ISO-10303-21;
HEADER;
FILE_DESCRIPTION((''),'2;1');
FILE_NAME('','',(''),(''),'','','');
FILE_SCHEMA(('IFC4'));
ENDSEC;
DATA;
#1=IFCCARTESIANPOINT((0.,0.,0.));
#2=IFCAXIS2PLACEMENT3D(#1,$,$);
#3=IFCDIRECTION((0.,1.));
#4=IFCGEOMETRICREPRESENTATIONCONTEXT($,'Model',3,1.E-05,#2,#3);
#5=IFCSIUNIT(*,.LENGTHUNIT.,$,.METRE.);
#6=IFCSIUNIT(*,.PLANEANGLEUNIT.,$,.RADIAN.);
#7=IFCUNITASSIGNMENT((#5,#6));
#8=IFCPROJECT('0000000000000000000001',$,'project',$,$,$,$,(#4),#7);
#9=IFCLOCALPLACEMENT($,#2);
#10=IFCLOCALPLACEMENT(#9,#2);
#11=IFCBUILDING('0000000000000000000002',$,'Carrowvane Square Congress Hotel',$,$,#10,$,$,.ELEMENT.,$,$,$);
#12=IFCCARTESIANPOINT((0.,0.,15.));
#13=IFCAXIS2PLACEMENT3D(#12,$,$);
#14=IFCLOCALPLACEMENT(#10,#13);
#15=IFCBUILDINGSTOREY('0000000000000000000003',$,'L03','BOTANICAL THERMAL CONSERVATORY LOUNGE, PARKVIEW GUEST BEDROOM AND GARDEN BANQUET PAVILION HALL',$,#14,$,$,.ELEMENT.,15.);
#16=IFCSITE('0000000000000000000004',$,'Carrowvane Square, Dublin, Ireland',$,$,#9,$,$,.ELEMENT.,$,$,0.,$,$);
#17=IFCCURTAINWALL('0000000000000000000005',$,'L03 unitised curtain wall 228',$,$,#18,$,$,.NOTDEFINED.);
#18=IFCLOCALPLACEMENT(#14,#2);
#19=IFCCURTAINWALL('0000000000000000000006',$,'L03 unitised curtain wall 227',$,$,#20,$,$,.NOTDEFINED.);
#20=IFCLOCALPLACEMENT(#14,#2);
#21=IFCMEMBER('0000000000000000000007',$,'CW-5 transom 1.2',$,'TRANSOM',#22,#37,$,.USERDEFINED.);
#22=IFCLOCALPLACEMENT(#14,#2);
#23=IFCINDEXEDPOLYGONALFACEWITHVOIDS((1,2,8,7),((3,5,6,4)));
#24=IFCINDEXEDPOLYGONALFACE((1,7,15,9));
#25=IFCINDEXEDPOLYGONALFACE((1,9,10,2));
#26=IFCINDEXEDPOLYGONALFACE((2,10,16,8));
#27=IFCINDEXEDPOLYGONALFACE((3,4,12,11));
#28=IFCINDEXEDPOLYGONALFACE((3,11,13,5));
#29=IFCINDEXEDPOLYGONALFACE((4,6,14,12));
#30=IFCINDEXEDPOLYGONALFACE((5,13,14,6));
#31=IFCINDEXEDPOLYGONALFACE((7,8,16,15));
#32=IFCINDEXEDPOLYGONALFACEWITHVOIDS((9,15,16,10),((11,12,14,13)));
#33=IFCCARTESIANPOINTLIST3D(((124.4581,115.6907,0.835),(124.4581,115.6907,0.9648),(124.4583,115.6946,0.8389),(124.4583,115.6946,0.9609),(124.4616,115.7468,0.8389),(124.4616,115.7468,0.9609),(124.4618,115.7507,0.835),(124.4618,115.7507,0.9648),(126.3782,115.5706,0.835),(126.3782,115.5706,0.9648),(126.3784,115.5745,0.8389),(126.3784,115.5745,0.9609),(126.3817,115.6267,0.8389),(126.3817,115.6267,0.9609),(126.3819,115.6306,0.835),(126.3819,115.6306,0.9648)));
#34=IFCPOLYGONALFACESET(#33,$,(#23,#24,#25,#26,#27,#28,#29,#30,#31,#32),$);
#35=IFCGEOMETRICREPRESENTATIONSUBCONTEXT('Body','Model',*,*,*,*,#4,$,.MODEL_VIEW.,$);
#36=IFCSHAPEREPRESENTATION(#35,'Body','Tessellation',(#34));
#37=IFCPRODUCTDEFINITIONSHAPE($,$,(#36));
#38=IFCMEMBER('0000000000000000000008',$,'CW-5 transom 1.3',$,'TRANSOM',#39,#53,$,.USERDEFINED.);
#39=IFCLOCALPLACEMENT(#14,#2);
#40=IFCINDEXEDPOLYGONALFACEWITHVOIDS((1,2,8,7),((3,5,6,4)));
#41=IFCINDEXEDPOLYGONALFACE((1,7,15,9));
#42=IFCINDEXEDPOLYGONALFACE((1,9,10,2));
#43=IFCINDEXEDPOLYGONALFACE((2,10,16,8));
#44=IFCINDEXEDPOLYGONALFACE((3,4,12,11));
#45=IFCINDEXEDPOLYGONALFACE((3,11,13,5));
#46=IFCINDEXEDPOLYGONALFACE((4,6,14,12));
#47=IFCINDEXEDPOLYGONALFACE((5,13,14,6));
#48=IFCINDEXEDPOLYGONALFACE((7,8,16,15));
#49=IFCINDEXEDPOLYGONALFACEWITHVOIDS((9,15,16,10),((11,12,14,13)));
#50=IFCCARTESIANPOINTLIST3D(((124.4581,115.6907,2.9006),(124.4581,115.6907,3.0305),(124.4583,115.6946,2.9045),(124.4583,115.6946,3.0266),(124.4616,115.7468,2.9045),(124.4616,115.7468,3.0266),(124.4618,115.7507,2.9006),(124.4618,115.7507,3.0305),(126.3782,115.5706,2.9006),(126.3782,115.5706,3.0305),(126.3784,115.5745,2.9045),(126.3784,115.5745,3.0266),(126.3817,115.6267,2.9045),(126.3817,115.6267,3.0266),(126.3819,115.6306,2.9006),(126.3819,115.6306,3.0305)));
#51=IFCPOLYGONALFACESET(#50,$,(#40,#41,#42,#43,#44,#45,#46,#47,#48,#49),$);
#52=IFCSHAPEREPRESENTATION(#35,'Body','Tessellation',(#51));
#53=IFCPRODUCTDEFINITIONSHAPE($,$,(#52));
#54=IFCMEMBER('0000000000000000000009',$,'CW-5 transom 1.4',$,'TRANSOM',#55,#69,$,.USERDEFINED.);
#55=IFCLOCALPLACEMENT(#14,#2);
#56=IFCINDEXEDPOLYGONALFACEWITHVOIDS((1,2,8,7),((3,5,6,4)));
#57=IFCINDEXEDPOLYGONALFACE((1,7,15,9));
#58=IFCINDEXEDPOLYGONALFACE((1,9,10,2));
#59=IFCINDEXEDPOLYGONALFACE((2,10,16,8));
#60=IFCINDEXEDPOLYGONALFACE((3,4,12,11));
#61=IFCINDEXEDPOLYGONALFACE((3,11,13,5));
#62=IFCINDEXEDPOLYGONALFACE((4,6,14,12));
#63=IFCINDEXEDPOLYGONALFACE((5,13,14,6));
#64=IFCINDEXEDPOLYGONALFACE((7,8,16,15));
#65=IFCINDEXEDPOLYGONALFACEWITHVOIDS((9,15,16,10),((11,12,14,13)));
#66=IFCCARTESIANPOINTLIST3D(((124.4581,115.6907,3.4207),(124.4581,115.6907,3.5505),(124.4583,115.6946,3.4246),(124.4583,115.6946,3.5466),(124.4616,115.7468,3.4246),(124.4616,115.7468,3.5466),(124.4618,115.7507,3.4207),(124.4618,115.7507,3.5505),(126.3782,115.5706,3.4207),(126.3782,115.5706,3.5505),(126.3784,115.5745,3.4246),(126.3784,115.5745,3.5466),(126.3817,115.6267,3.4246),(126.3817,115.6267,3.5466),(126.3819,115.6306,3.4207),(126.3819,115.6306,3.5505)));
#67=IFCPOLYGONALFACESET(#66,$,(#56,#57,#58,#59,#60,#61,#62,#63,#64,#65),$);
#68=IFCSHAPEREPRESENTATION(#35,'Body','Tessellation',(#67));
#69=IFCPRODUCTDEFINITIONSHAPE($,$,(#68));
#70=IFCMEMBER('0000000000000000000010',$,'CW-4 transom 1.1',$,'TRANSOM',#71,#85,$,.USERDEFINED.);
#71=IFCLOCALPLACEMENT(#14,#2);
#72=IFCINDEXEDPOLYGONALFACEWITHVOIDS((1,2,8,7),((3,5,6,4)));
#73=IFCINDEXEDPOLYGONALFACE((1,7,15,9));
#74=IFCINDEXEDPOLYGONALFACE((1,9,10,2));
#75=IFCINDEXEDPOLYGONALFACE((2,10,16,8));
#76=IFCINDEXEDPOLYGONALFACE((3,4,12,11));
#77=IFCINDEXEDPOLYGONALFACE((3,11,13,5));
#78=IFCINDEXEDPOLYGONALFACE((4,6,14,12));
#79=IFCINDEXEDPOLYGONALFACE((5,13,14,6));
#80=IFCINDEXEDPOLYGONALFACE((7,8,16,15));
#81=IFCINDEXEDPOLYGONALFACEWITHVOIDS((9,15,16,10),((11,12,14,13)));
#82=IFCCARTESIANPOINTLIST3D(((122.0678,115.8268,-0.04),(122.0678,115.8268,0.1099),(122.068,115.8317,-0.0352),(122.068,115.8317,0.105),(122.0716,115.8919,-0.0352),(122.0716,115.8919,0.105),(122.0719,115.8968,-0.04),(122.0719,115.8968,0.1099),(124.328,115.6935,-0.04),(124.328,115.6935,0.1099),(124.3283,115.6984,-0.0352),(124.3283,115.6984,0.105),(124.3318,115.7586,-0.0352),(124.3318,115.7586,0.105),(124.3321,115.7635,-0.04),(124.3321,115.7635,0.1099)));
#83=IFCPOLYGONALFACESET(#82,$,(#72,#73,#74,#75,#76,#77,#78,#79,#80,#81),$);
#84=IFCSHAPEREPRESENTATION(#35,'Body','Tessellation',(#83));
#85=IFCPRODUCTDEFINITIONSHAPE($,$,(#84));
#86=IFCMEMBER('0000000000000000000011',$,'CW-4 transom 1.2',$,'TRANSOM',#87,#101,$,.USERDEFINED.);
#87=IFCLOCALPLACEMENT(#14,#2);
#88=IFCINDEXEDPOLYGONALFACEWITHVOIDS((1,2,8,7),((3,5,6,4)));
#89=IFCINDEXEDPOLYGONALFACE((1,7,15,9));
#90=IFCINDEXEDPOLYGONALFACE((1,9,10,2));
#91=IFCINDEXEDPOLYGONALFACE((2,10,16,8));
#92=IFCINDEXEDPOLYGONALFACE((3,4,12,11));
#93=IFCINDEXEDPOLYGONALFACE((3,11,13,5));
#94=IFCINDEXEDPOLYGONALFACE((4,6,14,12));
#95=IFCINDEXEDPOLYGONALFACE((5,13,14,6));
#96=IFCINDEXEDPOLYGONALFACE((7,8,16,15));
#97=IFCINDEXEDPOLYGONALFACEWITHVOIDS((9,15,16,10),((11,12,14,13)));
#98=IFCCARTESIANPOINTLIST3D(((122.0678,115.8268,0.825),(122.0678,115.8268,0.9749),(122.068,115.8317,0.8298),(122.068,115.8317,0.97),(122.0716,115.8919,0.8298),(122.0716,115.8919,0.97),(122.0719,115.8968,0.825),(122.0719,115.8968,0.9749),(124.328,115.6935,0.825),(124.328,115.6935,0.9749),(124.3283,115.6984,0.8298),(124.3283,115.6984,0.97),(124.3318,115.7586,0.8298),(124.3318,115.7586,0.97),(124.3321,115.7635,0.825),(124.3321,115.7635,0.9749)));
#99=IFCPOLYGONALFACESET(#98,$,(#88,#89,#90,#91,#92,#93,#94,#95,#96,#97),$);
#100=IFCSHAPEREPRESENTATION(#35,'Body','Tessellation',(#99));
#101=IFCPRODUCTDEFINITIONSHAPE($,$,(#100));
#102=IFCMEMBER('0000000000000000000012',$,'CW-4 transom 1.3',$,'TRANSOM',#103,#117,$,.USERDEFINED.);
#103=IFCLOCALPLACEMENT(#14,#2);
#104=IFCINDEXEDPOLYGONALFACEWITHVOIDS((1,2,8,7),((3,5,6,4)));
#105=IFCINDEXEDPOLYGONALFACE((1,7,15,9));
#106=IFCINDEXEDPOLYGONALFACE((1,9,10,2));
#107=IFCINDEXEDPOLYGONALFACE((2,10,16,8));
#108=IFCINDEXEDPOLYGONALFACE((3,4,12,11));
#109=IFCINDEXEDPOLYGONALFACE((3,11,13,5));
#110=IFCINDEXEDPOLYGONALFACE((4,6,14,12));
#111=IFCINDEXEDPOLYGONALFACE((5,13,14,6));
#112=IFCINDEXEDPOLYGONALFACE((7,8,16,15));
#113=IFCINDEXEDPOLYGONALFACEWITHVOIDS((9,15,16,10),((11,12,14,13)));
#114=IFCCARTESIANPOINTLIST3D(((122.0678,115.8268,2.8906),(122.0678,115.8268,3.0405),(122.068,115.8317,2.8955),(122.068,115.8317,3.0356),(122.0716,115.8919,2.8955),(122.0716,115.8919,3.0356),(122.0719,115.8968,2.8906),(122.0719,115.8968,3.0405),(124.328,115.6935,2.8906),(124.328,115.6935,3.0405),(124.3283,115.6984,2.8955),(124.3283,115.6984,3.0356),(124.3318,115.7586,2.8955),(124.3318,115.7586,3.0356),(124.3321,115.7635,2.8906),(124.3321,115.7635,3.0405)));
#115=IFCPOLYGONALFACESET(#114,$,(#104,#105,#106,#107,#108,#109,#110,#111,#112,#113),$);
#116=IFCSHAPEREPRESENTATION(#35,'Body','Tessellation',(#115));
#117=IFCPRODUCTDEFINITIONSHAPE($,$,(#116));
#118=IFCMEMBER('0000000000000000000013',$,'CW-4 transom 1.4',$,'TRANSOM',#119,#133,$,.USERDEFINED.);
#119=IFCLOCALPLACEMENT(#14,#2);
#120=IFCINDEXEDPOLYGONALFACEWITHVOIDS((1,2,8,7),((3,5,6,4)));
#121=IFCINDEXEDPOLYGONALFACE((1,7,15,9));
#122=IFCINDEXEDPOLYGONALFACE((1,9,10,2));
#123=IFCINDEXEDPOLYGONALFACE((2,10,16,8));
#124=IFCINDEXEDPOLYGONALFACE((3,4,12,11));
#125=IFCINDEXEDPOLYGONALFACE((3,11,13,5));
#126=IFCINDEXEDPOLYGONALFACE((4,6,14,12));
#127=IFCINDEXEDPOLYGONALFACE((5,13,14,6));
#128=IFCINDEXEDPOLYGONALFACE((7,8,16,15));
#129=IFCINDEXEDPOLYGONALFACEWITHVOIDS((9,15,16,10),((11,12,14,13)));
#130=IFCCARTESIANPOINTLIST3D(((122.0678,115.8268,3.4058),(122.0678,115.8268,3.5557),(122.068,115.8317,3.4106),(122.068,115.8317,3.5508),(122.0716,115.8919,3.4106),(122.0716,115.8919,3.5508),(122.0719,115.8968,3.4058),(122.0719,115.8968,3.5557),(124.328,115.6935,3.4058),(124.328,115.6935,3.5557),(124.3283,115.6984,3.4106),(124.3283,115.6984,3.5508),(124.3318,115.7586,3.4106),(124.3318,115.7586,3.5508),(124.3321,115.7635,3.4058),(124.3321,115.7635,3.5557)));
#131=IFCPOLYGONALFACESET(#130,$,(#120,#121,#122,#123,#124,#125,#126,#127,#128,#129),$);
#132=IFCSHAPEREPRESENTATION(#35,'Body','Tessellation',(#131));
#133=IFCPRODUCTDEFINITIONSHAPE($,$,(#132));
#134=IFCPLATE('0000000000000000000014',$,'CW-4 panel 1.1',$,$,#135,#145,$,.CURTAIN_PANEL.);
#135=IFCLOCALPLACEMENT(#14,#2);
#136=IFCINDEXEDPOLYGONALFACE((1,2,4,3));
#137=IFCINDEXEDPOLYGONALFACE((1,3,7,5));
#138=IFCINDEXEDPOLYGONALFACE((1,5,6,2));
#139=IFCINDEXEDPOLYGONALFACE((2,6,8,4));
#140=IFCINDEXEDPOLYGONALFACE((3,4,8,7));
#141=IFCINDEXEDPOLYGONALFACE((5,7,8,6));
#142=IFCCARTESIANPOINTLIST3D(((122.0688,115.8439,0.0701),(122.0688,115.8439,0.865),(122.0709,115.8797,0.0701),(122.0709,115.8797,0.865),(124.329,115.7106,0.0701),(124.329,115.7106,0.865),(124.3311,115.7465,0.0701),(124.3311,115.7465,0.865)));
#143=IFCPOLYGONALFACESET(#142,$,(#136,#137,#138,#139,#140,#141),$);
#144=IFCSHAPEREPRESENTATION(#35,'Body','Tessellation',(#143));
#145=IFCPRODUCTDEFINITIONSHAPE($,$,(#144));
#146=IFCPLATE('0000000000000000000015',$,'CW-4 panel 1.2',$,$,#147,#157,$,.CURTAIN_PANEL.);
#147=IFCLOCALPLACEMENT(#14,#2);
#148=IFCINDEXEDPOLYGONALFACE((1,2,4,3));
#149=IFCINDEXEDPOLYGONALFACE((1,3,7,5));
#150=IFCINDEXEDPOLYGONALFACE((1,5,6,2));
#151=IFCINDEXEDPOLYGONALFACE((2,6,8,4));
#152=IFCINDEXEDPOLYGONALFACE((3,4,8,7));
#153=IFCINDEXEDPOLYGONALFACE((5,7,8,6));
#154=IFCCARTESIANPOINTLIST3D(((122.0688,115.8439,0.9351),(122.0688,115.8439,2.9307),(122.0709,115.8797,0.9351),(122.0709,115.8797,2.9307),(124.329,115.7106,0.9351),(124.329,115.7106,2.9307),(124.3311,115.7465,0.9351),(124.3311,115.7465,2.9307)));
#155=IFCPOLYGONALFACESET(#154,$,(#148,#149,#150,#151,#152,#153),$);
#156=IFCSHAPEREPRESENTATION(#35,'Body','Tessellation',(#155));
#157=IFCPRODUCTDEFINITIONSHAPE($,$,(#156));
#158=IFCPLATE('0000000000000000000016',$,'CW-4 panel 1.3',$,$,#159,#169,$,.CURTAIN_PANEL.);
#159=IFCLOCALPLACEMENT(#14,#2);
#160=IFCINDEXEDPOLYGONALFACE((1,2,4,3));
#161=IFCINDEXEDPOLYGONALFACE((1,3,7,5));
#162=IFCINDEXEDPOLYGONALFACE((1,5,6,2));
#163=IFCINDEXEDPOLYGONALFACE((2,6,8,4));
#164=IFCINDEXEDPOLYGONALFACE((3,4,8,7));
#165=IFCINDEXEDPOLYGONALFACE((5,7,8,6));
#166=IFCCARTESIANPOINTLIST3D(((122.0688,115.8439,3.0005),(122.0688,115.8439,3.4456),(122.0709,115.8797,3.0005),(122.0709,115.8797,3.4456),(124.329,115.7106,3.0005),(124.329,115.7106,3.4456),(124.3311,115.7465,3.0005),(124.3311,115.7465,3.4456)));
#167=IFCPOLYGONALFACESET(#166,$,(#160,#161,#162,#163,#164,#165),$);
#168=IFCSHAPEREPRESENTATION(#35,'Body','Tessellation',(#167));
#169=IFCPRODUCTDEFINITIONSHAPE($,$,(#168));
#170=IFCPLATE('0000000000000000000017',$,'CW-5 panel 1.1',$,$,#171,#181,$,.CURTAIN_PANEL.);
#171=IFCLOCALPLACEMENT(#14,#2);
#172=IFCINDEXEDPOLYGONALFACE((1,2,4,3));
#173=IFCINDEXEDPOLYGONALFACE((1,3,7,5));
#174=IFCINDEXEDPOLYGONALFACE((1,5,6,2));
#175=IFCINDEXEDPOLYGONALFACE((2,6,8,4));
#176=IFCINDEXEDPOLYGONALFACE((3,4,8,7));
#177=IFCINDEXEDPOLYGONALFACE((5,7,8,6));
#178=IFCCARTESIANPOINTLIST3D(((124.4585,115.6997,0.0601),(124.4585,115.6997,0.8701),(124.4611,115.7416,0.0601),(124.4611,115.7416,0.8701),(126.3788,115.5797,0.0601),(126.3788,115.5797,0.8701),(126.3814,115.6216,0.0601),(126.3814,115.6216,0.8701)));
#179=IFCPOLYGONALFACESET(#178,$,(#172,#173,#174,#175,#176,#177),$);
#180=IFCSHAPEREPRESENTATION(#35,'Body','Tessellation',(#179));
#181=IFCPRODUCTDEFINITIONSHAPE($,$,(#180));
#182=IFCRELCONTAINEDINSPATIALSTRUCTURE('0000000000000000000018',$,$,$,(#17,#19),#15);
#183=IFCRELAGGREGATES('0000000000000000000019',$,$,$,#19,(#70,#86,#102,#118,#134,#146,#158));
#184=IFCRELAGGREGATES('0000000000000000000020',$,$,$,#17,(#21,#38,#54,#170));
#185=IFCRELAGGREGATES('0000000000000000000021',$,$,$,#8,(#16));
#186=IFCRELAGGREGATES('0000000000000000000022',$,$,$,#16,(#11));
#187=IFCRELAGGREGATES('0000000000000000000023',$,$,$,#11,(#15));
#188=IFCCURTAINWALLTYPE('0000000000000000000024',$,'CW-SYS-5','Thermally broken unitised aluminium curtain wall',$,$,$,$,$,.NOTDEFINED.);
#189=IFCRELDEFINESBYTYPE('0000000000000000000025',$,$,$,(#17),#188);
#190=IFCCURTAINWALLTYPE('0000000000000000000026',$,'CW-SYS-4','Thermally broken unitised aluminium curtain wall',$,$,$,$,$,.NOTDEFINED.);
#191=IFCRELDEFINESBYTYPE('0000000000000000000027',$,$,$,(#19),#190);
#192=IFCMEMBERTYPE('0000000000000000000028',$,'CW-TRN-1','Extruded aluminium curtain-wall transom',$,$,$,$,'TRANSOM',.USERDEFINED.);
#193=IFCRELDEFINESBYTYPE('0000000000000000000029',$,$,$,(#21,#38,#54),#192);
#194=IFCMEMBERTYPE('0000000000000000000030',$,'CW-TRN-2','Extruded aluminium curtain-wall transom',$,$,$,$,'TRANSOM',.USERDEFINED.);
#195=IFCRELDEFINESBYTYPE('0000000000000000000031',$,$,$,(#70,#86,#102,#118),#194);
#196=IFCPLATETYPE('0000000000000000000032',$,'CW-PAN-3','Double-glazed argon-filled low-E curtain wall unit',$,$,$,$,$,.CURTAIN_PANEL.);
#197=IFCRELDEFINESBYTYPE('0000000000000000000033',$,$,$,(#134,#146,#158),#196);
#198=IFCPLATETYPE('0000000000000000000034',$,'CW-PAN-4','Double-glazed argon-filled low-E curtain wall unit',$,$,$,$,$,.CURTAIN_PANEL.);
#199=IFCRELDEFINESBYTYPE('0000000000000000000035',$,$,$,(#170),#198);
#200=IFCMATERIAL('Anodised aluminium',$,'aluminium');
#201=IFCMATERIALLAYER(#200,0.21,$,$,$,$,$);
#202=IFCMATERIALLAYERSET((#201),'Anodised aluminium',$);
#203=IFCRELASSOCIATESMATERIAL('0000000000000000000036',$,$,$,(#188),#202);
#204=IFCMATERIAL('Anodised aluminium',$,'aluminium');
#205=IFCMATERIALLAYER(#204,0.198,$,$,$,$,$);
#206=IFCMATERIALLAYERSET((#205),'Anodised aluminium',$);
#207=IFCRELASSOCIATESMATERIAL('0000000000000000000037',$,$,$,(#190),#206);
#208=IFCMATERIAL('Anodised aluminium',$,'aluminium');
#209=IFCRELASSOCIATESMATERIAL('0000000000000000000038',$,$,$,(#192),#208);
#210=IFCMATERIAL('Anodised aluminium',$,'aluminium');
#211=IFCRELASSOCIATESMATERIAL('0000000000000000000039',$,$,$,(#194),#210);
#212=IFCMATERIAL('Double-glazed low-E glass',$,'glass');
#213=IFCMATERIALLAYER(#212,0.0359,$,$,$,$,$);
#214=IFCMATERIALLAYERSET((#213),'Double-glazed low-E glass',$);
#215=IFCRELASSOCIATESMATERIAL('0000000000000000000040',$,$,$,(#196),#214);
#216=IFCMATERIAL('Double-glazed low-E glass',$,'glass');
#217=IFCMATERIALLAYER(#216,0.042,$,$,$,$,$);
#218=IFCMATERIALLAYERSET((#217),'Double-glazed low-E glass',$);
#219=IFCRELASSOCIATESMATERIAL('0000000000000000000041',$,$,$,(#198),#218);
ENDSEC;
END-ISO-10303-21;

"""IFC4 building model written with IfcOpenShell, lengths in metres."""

from ifc_helpers import new_model, si_unit, direction, frame, origin, origin_2d, place, context, subcontext, project, spatial, rectangle, hollow_rectangle, extrude, material, layer, layer_set, material_profile, profile_set, type_object, element, aggregate, save


model = new_model("IFC4")

# Units and contexts
model_context = context("Model", 3, precision=1e-05, world=origin(), true_north=direction((0.0, 1.0)))
body_context = subcontext(model_context, "Body", "Model", "MODEL_VIEW")
ifc_project = project(units=[si_unit("LENGTHUNIT", "METRE"), si_unit("PLANEANGLEUNIT", "RADIAN")], contexts=[model_context])

# Site, building, storey
site_placement = place(None, origin())
site = spatial("IfcSite", under=ifc_project, at=site_placement, Name="Carrowvane Square, Dublin, Ireland", CompositionType="ELEMENT", RefElevation=0.0)
building_placement = place(site_placement, origin())
building = spatial("IfcBuilding", under=site, at=building_placement, Name="Carrowvane Square Congress Hotel", CompositionType="ELEMENT")
storey_placement = place(building_placement, frame((0.0, 0.0, 15.0)))
storey = spatial("IfcBuildingStorey", under=building, at=storey_placement, Name="L03", Description="BOTANICAL THERMAL CONSERVATORY LOUNGE, PARKVIEW GUEST BEDROOM AND GARDEN BANQUET PAVILION HALL", CompositionType="ELEMENT", Elevation=15.0)

# Curtain wall
ifc_material_1 = material(Name="Anodised aluminium", Category="aluminium")
ifc_layer_1 = layer(ifc_material_1, 0.21)
ifc_layer_set_1 = layer_set([ifc_layer_1], Name="Anodised aluminium")
curtain_wall_type_1 = type_object("IfcCurtainWallType", Name="CW-SYS-5", Description="Thermally broken unitised aluminium curtain wall", PredefinedType="NOTDEFINED", material=ifc_layer_set_1)
curtain_wall_1_placement = place(storey_placement, origin())
curtain_wall_1 = element("IfcCurtainWall", 1, at=curtain_wall_1_placement, inside=storey, type_object=curtain_wall_type_1, Name="L03 unitised curtain wall 228", PredefinedType="NOTDEFINED")

# Curtain wall
ifc_material_2 = material(Name="Anodised aluminium", Category="aluminium")
ifc_layer_2 = layer(ifc_material_2, 0.198)
ifc_layer_set_2 = layer_set([ifc_layer_2], Name="Anodised aluminium")
curtain_wall_type_2 = type_object("IfcCurtainWallType", Name="CW-SYS-4", Description="Thermally broken unitised aluminium curtain wall", PredefinedType="NOTDEFINED", material=ifc_layer_set_2)
curtain_wall_2_placement = place(storey_placement, origin())
curtain_wall_2 = element("IfcCurtainWall", 2, at=curtain_wall_2_placement, inside=storey, type_object=curtain_wall_type_2, Name="L03 unitised curtain wall 227", PredefinedType="NOTDEFINED")

# Members
ifc_material_3 = material(Name="Anodised aluminium", Category="aluminium")
ifc_material_profile_1 = material_profile(ifc_material_3, hollow_rectangle(XDim=0.0601, YDim=0.1299, WallThickness=0.0039, at=origin_2d()), Name="CW-TR 60x130x4")
ifc_profile_set_1 = profile_set([ifc_material_profile_1], Name="Anodised aluminium")
member_type_1 = type_object("IfcMemberType", Name="CW-TRN-1", Description="Extruded aluminium curtain-wall transom", ElementType="TRANSOM", PredefinedType="USERDEFINED", material=ifc_profile_set_1)
member_1_placement = place(storey_placement, frame((124.46, 115.7207, 0.8999), z_axis=(0.998049, -0.062434, 0.0), x_axis=(0.062434, 0.998049, 0.0)))
member_1 = element("IfcMember", 3, at=member_1_placement, type_object=member_type_1, Name="CW-5 transom 1.2", ObjectType="TRANSOM", PredefinedType="USERDEFINED", context=body_context, shape_type="SweptSolid", body=[
    extrude(hollow_rectangle(XDim=0.0601, YDim=0.1299, WallThickness=0.0039, at=origin_2d()), origin(), (0.0, 0.0, 1.0), 1.9238),
])
member_2_placement = place(storey_placement, frame((124.46, 115.7207, 2.9656), z_axis=(0.998049, -0.062434, 0.0), x_axis=(0.062434, 0.998049, 0.0)))
member_2 = element("IfcMember", 4, at=member_2_placement, type_object=member_type_1, Name="CW-5 transom 1.3", ObjectType="TRANSOM", PredefinedType="USERDEFINED", context=body_context, shape_type="SweptSolid", body=[
    extrude(hollow_rectangle(XDim=0.0601, YDim=0.1299, WallThickness=0.0039, at=origin_2d()), origin(), (0.0, 0.0, 1.0), 1.9238),
])
member_3_placement = place(storey_placement, frame((124.46, 115.7207, 3.4856), z_axis=(0.998049, -0.062434, 0.0), x_axis=(0.062434, 0.998049, 0.0)))
member_3 = element("IfcMember", 5, at=member_3_placement, type_object=member_type_1, Name="CW-5 transom 1.4", ObjectType="TRANSOM", PredefinedType="USERDEFINED", context=body_context, shape_type="SweptSolid", body=[
    extrude(hollow_rectangle(XDim=0.0601, YDim=0.1299, WallThickness=0.0039, at=origin_2d()), origin(), (0.0, 0.0, 1.0), 1.9238),
])
ifc_material_4 = material(Name="Anodised aluminium", Category="aluminium")
ifc_material_profile_2 = material_profile(ifc_material_4, hollow_rectangle(XDim=0.0701, YDim=0.1499, WallThickness=0.0049, at=origin_2d()), Name="CW-TR 70x150x5")
ifc_profile_set_2 = profile_set([ifc_material_profile_2], Name="Anodised aluminium")
member_type_2 = type_object("IfcMemberType", Name="CW-TRN-2", Description="Extruded aluminium curtain-wall transom", ElementType="TRANSOM", PredefinedType="USERDEFINED", material=ifc_profile_set_2)
member_4_placement = place(storey_placement, frame((122.0698, 115.8618, 0.0349), z_axis=(0.998265, -0.058874, 0.0), x_axis=(0.058874, 0.998265, 0.0)))
member_4 = element("IfcMember", 6, at=member_4_placement, type_object=member_type_2, Name="CW-4 transom 1.1", ObjectType="TRANSOM", PredefinedType="USERDEFINED", context=body_context, shape_type="SweptSolid", body=[
    extrude(hollow_rectangle(XDim=0.0701, YDim=0.1499, WallThickness=0.0049, at=origin_2d()), origin(), (0.0, 0.0, 1.0), 2.2642),
])
member_5_placement = place(storey_placement, frame((122.0698, 115.8618, 0.8999), z_axis=(0.998265, -0.058874, 0.0), x_axis=(0.058874, 0.998265, 0.0)))
member_5 = element("IfcMember", 7, at=member_5_placement, type_object=member_type_2, Name="CW-4 transom 1.2", ObjectType="TRANSOM", PredefinedType="USERDEFINED", context=body_context, shape_type="SweptSolid", body=[
    extrude(hollow_rectangle(XDim=0.0701, YDim=0.1499, WallThickness=0.0049, at=origin_2d()), origin(), (0.0, 0.0, 1.0), 2.2642),
])
member_6_placement = place(storey_placement, frame((122.0698, 115.8618, 2.9656), z_axis=(0.998265, -0.058874, 0.0), x_axis=(0.058874, 0.998265, 0.0)))
member_6 = element("IfcMember", 8, at=member_6_placement, type_object=member_type_2, Name="CW-4 transom 1.3", ObjectType="TRANSOM", PredefinedType="USERDEFINED", context=body_context, shape_type="SweptSolid", body=[
    extrude(hollow_rectangle(XDim=0.0701, YDim=0.1499, WallThickness=0.0049, at=origin_2d()), origin(), (0.0, 0.0, 1.0), 2.2642),
])
member_7_placement = place(storey_placement, frame((122.0698, 115.8618, 3.4807), z_axis=(0.998265, -0.058874, 0.0), x_axis=(0.058874, 0.998265, 0.0)))
member_7 = element("IfcMember", 9, at=member_7_placement, type_object=member_type_2, Name="CW-4 transom 1.4", ObjectType="TRANSOM", PredefinedType="USERDEFINED", context=body_context, shape_type="SweptSolid", body=[
    extrude(hollow_rectangle(XDim=0.0701, YDim=0.1499, WallThickness=0.0049, at=origin_2d()), origin(), (0.0, 0.0, 1.0), 2.2642),
])

# Plates
ifc_material_5 = material(Name="Double-glazed low-E glass", Category="glass")
ifc_layer_3 = layer(ifc_material_5, 0.0359)
ifc_layer_set_3 = layer_set([ifc_layer_3], Name="Double-glazed low-E glass")
plate_type_1 = type_object("IfcPlateType", Name="CW-PAN-3", Description="Double-glazed argon-filled low-E curtain wall unit", PredefinedType="CURTAIN_PANEL", material=ifc_layer_set_3)
plate_1_placement = place(storey_placement, frame((123.2, 115.7952, 0.0701), z_axis=(0.0, 0.0, 1.0), x_axis=(0.998267, -0.058851, 0.0)))
plate_1 = element("IfcPlate", 10, at=plate_1_placement, type_object=plate_type_1, Name="CW-4 panel 1.1", PredefinedType="CURTAIN_PANEL", context=body_context, shape_type="SweptSolid", body=[
    extrude(rectangle(XDim=2.2642, YDim=0.0359, at=origin_2d()), origin(), (0.0, 0.0, 1.0), 0.7949),
])
plate_2_placement = place(storey_placement, frame((123.2, 115.7952, 0.9351), z_axis=(0.0, 0.0, 1.0), x_axis=(0.998267, -0.058851, 0.0)))
plate_2 = element("IfcPlate", 11, at=plate_2_placement, type_object=plate_type_1, Name="CW-4 panel 1.2", PredefinedType="CURTAIN_PANEL", context=body_context, shape_type="SweptSolid", body=[
    extrude(rectangle(XDim=2.2642, YDim=0.0359, at=origin_2d()), origin(), (0.0, 0.0, 1.0), 1.9956),
])
plate_3_placement = place(storey_placement, frame((123.2, 115.7952, 3.0005), z_axis=(0.0, 0.0, 1.0), x_axis=(0.998267, -0.058851, 0.0)))
plate_3 = element("IfcPlate", 12, at=plate_3_placement, type_object=plate_type_1, Name="CW-4 panel 1.3", PredefinedType="CURTAIN_PANEL", context=body_context, shape_type="SweptSolid", body=[
    extrude(rectangle(XDim=2.2642, YDim=0.0359, at=origin_2d()), origin(), (0.0, 0.0, 1.0), 0.4451),
])
aggregate(curtain_wall_2, [member_4, member_5, member_6, member_7, plate_1, plate_2, plate_3])
ifc_material_6 = material(Name="Double-glazed low-E glass", Category="glass")
ifc_layer_4 = layer(ifc_material_6, 0.042)
ifc_layer_set_4 = layer_set([ifc_layer_4], Name="Double-glazed low-E glass")
plate_type_2 = type_object("IfcPlateType", Name="CW-PAN-4", Description="Double-glazed argon-filled low-E curtain wall unit", PredefinedType="CURTAIN_PANEL", material=ifc_layer_set_4)
plate_4_placement = place(storey_placement, frame((125.4199, 115.6606, 0.0601), z_axis=(0.0, 0.0, 1.0), x_axis=(0.998051, -0.062397, 0.0)))
plate_4 = element("IfcPlate", 13, at=plate_4_placement, type_object=plate_type_2, Name="CW-5 panel 1.1", PredefinedType="CURTAIN_PANEL", context=body_context, shape_type="SweptSolid", body=[
    extrude(rectangle(XDim=1.9241, YDim=0.042, at=origin_2d()), origin(), (0.0, 0.0, 1.0), 0.8101),
])
aggregate(curtain_wall_1, [member_1, member_2, member_3, plate_4])

save(model, "model.ifc")
